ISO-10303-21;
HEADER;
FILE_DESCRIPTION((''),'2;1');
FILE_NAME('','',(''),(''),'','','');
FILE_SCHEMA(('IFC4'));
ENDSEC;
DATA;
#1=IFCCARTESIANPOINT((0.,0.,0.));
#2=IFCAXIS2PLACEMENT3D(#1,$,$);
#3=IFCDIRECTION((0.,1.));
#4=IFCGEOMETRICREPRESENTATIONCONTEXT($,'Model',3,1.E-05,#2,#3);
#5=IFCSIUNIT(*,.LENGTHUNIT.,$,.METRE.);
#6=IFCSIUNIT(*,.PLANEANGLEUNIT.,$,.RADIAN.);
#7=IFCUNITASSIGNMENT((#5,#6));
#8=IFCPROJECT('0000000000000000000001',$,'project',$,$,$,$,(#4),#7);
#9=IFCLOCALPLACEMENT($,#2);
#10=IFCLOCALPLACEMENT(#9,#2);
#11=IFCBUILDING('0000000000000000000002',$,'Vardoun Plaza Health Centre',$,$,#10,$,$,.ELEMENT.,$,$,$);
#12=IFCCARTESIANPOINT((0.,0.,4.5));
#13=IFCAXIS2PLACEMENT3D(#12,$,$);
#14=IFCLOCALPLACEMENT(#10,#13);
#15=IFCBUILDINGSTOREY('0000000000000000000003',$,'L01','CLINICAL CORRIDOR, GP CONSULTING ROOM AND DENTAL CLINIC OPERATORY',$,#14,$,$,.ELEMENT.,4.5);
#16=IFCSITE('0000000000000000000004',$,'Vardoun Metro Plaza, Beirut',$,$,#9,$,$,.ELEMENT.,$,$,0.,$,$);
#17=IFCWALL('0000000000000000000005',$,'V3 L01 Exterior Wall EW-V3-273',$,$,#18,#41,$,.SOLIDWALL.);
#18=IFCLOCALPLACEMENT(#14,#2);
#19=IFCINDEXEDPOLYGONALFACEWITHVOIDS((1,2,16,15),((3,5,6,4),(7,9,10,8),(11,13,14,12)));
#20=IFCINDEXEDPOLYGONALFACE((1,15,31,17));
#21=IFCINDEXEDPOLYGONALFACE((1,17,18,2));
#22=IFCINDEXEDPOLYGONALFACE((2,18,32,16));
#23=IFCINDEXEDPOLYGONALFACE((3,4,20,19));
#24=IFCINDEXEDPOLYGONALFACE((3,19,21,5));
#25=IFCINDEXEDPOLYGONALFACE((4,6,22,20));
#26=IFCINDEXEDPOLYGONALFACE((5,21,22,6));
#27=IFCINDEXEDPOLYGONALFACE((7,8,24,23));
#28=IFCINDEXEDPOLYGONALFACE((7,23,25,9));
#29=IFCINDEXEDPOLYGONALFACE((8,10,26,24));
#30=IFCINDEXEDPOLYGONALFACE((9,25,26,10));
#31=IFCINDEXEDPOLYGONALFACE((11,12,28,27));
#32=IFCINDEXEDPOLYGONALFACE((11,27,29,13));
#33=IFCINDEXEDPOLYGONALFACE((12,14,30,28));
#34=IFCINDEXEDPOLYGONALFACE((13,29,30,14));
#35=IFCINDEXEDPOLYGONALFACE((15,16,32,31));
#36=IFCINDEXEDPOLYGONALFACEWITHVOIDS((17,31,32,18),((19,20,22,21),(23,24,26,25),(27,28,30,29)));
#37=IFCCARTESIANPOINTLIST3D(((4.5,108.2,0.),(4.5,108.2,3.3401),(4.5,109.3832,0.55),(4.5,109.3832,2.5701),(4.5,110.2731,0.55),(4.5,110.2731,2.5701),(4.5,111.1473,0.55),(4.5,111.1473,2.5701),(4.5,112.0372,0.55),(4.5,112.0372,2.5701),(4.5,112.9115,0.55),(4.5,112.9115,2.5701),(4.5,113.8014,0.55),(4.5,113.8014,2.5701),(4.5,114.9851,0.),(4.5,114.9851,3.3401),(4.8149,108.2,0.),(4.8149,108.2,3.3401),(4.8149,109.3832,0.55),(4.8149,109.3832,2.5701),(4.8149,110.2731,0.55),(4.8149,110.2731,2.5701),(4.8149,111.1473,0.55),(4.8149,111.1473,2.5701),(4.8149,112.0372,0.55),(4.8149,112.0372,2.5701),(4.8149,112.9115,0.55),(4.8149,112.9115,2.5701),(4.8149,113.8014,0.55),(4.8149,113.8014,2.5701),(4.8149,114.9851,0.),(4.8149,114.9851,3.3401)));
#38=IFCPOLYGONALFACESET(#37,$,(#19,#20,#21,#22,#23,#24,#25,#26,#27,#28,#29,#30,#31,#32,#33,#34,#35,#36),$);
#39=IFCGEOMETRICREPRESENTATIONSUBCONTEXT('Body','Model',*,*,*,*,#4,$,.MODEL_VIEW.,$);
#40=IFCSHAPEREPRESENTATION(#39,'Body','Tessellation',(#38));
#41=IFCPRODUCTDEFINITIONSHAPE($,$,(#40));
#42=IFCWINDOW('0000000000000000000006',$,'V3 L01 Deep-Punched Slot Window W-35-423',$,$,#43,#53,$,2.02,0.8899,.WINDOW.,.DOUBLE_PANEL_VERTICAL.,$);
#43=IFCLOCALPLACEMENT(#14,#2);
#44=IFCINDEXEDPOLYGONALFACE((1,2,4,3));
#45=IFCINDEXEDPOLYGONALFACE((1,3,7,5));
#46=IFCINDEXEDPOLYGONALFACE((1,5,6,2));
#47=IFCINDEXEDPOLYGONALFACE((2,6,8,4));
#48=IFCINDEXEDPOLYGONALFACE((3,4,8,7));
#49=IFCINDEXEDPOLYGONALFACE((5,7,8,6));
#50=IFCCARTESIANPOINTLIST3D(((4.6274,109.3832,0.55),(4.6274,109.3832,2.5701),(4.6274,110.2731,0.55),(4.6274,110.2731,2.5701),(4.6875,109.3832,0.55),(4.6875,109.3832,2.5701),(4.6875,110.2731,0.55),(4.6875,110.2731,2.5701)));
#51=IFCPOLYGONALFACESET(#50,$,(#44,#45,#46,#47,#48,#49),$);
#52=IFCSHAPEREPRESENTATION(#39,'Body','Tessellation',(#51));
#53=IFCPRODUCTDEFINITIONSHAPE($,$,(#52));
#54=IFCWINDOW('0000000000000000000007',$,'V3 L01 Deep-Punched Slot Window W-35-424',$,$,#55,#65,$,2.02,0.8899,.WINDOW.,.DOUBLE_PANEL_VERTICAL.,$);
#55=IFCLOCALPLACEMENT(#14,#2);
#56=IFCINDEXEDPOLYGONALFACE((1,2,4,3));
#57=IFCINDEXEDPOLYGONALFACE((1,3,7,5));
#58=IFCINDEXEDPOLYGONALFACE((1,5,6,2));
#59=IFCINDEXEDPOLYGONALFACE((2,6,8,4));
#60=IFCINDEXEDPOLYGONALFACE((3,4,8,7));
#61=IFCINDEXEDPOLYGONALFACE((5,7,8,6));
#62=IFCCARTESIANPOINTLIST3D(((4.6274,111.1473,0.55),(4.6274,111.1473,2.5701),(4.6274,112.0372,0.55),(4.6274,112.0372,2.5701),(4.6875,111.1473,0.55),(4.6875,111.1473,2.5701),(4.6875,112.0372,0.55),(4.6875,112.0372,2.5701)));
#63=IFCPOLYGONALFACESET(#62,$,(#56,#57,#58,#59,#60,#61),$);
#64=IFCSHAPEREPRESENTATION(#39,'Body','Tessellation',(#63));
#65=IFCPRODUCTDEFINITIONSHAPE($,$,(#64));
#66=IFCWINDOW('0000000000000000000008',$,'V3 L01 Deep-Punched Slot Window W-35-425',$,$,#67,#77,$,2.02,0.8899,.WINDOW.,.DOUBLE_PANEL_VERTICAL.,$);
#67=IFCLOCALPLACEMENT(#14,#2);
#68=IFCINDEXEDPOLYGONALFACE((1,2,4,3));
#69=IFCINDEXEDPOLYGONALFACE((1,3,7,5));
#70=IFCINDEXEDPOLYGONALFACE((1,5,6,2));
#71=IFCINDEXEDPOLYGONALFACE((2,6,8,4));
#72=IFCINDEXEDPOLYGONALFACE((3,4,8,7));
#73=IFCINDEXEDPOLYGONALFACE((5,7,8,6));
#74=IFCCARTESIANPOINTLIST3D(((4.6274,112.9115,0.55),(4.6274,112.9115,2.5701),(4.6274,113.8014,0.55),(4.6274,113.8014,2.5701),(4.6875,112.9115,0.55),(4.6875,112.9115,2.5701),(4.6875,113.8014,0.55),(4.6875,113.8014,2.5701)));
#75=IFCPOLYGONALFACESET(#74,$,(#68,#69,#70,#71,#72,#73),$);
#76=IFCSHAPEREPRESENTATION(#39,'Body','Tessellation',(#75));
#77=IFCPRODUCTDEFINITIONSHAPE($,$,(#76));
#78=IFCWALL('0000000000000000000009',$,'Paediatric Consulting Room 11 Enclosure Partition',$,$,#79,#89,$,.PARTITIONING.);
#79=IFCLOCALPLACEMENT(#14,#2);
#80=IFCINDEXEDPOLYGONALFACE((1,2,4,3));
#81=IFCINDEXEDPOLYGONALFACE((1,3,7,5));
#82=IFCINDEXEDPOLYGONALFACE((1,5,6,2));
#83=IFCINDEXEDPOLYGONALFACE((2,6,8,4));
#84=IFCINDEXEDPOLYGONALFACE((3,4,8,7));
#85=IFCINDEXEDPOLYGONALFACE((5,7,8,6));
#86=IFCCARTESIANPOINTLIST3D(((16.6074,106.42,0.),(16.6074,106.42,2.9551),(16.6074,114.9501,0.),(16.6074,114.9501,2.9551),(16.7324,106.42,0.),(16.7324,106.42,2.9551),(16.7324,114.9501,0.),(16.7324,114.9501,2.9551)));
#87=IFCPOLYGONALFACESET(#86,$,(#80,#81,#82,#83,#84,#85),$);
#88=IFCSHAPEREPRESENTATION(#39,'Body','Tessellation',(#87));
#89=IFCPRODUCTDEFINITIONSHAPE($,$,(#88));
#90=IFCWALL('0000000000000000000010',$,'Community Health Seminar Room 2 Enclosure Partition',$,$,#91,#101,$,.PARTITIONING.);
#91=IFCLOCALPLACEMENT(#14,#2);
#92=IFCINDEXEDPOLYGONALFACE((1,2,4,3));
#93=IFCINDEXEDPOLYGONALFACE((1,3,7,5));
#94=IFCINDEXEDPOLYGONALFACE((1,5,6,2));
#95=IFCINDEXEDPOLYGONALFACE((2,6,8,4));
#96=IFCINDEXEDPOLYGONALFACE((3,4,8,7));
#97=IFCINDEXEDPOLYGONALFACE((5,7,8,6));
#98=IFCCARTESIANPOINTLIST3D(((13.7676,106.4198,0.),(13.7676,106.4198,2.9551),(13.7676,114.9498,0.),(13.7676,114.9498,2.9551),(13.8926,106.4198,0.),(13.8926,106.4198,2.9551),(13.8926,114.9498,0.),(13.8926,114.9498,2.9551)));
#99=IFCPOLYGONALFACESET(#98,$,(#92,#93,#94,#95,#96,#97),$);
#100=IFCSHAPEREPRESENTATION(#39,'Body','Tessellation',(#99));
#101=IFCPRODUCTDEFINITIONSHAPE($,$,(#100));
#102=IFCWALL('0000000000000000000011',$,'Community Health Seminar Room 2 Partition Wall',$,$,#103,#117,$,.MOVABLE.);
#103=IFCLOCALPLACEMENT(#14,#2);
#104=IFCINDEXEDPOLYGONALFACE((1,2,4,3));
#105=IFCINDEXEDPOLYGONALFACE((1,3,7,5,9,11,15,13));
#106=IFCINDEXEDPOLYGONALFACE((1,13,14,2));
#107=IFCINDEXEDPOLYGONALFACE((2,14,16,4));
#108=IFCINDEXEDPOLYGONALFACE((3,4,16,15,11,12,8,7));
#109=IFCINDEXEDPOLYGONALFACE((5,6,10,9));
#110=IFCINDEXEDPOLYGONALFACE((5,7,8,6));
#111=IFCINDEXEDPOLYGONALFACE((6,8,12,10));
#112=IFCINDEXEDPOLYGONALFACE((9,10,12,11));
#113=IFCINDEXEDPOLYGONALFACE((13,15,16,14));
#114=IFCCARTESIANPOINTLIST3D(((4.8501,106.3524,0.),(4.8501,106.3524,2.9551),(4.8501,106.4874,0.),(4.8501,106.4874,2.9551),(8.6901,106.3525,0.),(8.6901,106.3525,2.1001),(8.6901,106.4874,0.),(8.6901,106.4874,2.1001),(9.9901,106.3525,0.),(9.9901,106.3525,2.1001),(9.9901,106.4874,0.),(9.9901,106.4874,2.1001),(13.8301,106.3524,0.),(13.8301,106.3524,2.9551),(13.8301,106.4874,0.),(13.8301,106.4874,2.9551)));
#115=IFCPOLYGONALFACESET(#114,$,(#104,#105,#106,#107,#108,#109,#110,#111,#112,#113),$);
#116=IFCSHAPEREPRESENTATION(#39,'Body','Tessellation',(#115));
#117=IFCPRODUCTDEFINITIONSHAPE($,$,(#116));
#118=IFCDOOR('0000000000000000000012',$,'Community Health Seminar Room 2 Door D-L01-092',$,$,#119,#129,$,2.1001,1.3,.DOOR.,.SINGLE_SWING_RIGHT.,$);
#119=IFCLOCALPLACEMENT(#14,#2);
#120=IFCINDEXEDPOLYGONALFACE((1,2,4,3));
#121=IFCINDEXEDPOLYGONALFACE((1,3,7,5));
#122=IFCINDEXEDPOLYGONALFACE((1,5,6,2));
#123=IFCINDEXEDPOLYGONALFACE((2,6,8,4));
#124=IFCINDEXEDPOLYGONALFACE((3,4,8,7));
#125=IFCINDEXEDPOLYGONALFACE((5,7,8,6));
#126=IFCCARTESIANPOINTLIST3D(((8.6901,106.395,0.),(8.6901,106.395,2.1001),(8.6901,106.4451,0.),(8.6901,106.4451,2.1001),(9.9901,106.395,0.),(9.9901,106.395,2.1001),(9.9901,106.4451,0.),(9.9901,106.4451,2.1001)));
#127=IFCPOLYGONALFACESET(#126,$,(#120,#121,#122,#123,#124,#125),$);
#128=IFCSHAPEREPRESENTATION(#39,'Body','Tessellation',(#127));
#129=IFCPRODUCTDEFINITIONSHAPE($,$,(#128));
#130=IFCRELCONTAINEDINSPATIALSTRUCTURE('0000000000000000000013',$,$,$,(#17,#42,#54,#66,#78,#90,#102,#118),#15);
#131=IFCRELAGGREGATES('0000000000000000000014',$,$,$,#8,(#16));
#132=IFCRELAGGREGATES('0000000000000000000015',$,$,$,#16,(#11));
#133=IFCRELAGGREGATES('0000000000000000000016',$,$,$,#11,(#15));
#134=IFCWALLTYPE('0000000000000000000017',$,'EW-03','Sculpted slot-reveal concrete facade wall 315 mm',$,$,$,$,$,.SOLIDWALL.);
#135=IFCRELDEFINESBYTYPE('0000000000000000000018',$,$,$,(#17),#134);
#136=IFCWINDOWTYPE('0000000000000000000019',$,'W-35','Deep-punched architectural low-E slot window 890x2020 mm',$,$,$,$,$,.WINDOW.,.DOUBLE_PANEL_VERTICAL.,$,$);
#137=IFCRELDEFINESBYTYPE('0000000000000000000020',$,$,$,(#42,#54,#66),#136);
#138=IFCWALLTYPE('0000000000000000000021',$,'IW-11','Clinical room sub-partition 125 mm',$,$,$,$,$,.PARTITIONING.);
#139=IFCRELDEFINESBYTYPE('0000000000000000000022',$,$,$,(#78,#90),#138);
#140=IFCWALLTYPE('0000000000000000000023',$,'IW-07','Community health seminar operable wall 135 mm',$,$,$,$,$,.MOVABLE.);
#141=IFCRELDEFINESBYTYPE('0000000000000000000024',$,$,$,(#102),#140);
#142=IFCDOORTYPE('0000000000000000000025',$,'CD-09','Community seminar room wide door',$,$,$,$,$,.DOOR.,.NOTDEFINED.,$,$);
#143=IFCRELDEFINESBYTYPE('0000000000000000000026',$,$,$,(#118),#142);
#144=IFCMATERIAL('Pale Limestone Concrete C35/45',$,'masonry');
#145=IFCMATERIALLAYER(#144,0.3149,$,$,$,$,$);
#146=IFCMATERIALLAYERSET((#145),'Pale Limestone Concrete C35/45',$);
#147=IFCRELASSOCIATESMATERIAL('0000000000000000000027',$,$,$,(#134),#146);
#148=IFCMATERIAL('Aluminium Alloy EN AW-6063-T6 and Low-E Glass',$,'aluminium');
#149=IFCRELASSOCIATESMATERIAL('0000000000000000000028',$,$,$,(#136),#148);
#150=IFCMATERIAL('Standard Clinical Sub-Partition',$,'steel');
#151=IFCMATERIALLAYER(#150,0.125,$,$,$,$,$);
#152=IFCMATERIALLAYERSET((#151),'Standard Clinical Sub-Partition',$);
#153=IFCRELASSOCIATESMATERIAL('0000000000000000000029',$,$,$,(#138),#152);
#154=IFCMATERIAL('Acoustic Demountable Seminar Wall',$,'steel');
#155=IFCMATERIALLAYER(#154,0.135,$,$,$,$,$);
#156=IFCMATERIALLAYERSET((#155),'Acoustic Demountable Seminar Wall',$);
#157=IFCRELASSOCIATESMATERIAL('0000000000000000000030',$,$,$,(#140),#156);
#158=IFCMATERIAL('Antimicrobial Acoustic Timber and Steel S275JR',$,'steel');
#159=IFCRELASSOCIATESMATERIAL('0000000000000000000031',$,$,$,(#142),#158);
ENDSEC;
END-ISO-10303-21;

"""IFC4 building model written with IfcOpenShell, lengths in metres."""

from ifc_helpers import new_model, si_unit, direction, frame, frame_2d, origin, place, context, subcontext, project, spatial, rectangle, extrude, material, layer, layer_set, type_object, element, fill, save


model = new_model("IFC4")

# Units and contexts
model_context = context("Model", 3, precision=1e-05, world=origin(), true_north=direction((0.0, 1.0)))
body_context = subcontext(model_context, "Body", "Model", "MODEL_VIEW")
ifc_project = project(units=[si_unit("LENGTHUNIT", "METRE"), si_unit("PLANEANGLEUNIT", "RADIAN")], contexts=[model_context])

# Site, building, storey
site_placement = place(None, origin())
site = spatial("IfcSite", under=ifc_project, at=site_placement, Name="Vardoun Metro Plaza, Beirut", CompositionType="ELEMENT", RefElevation=0.0)
building_placement = place(site_placement, origin())
building = spatial("IfcBuilding", under=site, at=building_placement, Name="Vardoun Plaza Health Centre", CompositionType="ELEMENT")
storey_placement = place(building_placement, frame((0.0, 0.0, 4.5)))
storey = spatial("IfcBuildingStorey", under=building, at=storey_placement, Name="L01", Description="CLINICAL CORRIDOR, GP CONSULTING ROOM AND DENTAL CLINIC OPERATORY", CompositionType="ELEMENT", Elevation=4.5)

# Wall, openings, windows
ifc_material_1 = material(Name="Pale Limestone Concrete C35/45", Category="masonry")
ifc_layer_1 = layer(ifc_material_1, 0.3149)
ifc_layer_set_1 = layer_set([ifc_layer_1], Name="Pale Limestone Concrete C35/45")
wall_type_1 = type_object("IfcWallType", Name="EW-03", Description="Sculpted slot-reveal concrete facade wall 315 mm", PredefinedType="SOLIDWALL", material=ifc_layer_set_1)
wall_1_placement = place(storey_placement, frame((4.6575, 108.2, 0.0), z_axis=(0.0, 0.0, 1.0), x_axis=(0.0, 1.0, 0.0)))
wall_1 = element("IfcWall", 1, at=wall_1_placement, inside=storey, type_object=wall_type_1, Name="V3 L01 Exterior Wall EW-V3-273", PredefinedType="SOLIDWALL", context=body_context, shape_type="SweptSolid", body=[
    extrude(rectangle(XDim=6.7852, YDim=0.3149, at=frame_2d((3.3926, 0.0))), origin(), (0.0, 0.0, 1.0), 3.3401),
])
opening_1_placement = place(wall_1_placement, frame((1.1833, 0.0, 0.55)))
opening_1 = element("IfcOpeningElement", 2, at=opening_1_placement, cuts=wall_1, PredefinedType="OPENING", context=body_context, shape_type="SweptSolid", body=[
    extrude(rectangle(XDim=0.8899, YDim=2.02, at=frame_2d((0.4448, 1.01))), frame((0.0, 0.1575, 0.0), z_axis=(0.0, -1.0, 0.0), x_axis=(1.0, 0.0, 0.0)), (0.0, 0.0, 1.0), 0.3149),
])
opening_2_placement = place(wall_1_placement, frame((2.9475, 0.0, 0.55)))
opening_2 = element("IfcOpeningElement", 3, at=opening_2_placement, cuts=wall_1, PredefinedType="OPENING", context=body_context, shape_type="SweptSolid", body=[
    extrude(rectangle(XDim=0.8899, YDim=2.02, at=frame_2d((0.4448, 1.01))), frame((0.0, 0.1575, 0.0), z_axis=(0.0, -1.0, 0.0), x_axis=(1.0, 0.0, 0.0)), (0.0, 0.0, 1.0), 0.3149),
])
opening_3_placement = place(wall_1_placement, frame((4.7117, 0.0, 0.55)))
opening_3 = element("IfcOpeningElement", 4, at=opening_3_placement, cuts=wall_1, PredefinedType="OPENING", context=body_context, shape_type="SweptSolid", body=[
    extrude(rectangle(XDim=0.8899, YDim=2.02, at=frame_2d((0.4448, 1.01))), frame((0.0, 0.1575, 0.0), z_axis=(0.0, -1.0, 0.0), x_axis=(1.0, 0.0, 0.0)), (0.0, 0.0, 1.0), 0.3149),
])
ifc_material_2 = material(Name="Aluminium Alloy EN AW-6063-T6 and Low-E Glass", Category="aluminium")
window_type_1 = type_object("IfcWindowType", Name="W-35", Description="Deep-punched architectural low-E slot window 890x2020 mm", PartitioningType="DOUBLE_PANEL_VERTICAL", PredefinedType="WINDOW", material=ifc_material_2)
window_1_placement = place(opening_1_placement, origin())
window_1 = element("IfcWindow", 5, at=window_1_placement, inside=storey, type_object=window_type_1, Name="V3 L01 Deep-Punched Slot Window W-35-423", OverallHeight=2.02, OverallWidth=0.8899, PartitioningType="DOUBLE_PANEL_VERTICAL", PredefinedType="WINDOW", context=body_context, shape_type="SweptSolid", body=[
    extrude(rectangle(XDim=0.8899, YDim=2.02, at=frame_2d((0.4448, 1.01))), frame((0.0, 0.03, 0.0), z_axis=(0.0, -1.0, 0.0), x_axis=(1.0, 0.0, 0.0)), (0.0, 0.0, 1.0), 0.0601),
])
fill(opening_1, window_1)
window_2_placement = place(opening_2_placement, origin())
window_2 = element("IfcWindow", 6, at=window_2_placement, inside=storey, type_object=window_type_1, Name="V3 L01 Deep-Punched Slot Window W-35-424", OverallHeight=2.02, OverallWidth=0.8899, PartitioningType="DOUBLE_PANEL_VERTICAL", PredefinedType="WINDOW", context=body_context, shape_type="SweptSolid", body=[
    extrude(rectangle(XDim=0.8899, YDim=2.02, at=frame_2d((0.4448, 1.01))), frame((0.0, 0.03, 0.0), z_axis=(0.0, -1.0, 0.0), x_axis=(1.0, 0.0, 0.0)), (0.0, 0.0, 1.0), 0.0601),
])
fill(opening_2, window_2)
window_3_placement = place(opening_3_placement, origin())
window_3 = element("IfcWindow", 7, at=window_3_placement, inside=storey, type_object=window_type_1, Name="V3 L01 Deep-Punched Slot Window W-35-425", OverallHeight=2.02, OverallWidth=0.8899, PartitioningType="DOUBLE_PANEL_VERTICAL", PredefinedType="WINDOW", context=body_context, shape_type="SweptSolid", body=[
    extrude(rectangle(XDim=0.8899, YDim=2.02, at=frame_2d((0.4448, 1.01))), frame((0.0, 0.03, 0.0), z_axis=(0.0, -1.0, 0.0), x_axis=(1.0, 0.0, 0.0)), (0.0, 0.0, 1.0), 0.0601),
])
fill(opening_3, window_3)

# Walls
ifc_material_3 = material(Name="Standard Clinical Sub-Partition", Category="steel")
ifc_layer_2 = layer(ifc_material_3, 0.125)
ifc_layer_set_2 = layer_set([ifc_layer_2], Name="Standard Clinical Sub-Partition")
wall_type_2 = type_object("IfcWallType", Name="IW-11", Description="Clinical room sub-partition 125 mm", PredefinedType="PARTITIONING", material=ifc_layer_set_2)
for number, where, z_axis, x_axis, name in (
    (8, (16.6699, 106.4199, 0.0), (0.0, 0.0, 1.0), (0.0, 1.0, 0.0), "Paediatric Consulting Room 11 Enclosure Partition"),
    (9, (13.8301, 114.95, 0.0), (0.0, 0.0, 1.0), (0.0, -1.0, 0.0), "Community Health Seminar Room 2 Enclosure Partition"),
):
    element("IfcWall", number, at=place(storey_placement, frame(where, z_axis=z_axis, x_axis=x_axis)), inside=storey, type_object=wall_type_2, Name=name, PredefinedType="PARTITIONING", context=body_context, shape_type="SweptSolid", body=[
        extrude(rectangle(XDim=8.53, YDim=0.125, at=frame_2d((4.2651, 0.0))), origin(), (0.0, 0.0, 1.0), 2.9551),
    ])

# Wall, opening, door
ifc_material_4 = material(Name="Acoustic Demountable Seminar Wall", Category="steel")
ifc_layer_3 = layer(ifc_material_4, 0.135)
ifc_layer_set_3 = layer_set([ifc_layer_3], Name="Acoustic Demountable Seminar Wall")
wall_type_3 = type_object("IfcWallType", Name="IW-07", Description="Community health seminar operable wall 135 mm", PredefinedType="MOVABLE", material=ifc_layer_set_3)
wall_2_placement = place(storey_placement, frame((13.8301, 106.4199, 0.0), z_axis=(0.0, 0.0, 1.0), x_axis=(-1.0, 0.0, 0.0)))
wall_2 = element("IfcWall", 10, at=wall_2_placement, inside=storey, type_object=wall_type_3, Name="Community Health Seminar Room 2 Partition Wall", PredefinedType="MOVABLE", context=body_context, shape_type="SweptSolid", body=[
    extrude(rectangle(XDim=8.98, YDim=0.135, at=frame_2d((4.49, 0.0))), origin(), (0.0, 0.0, 1.0), 2.9551),
])
opening_4_placement = place(wall_2_placement, frame((3.8401, 0.0, 0.0)))
opening_4 = element("IfcOpeningElement", 11, at=opening_4_placement, cuts=wall_2, PredefinedType="OPENING", context=body_context, shape_type="SweptSolid", body=[
    extrude(rectangle(XDim=1.3, YDim=2.1001, at=frame_2d((0.6499, 1.05))), frame((0.0, 0.0674, 0.0), z_axis=(0.0, -1.0, 0.0), x_axis=(1.0, 0.0, 0.0)), (0.0, 0.0, 1.0), 0.135),
])
ifc_material_5 = material(Name="Antimicrobial Acoustic Timber and Steel S275JR", Category="steel")
door_type = type_object("IfcDoorType", Name="CD-09", Description="Community seminar room wide door", OperationType="NOTDEFINED", PredefinedType="DOOR", material=ifc_material_5)
door_placement = place(opening_4_placement, origin())
door = element("IfcDoor", 12, at=door_placement, inside=storey, type_object=door_type, Name="Community Health Seminar Room 2 Door D-L01-092", OperationType="SINGLE_SWING_RIGHT", OverallHeight=2.1001, OverallWidth=1.3, PredefinedType="DOOR", context=body_context, shape_type="SweptSolid", body=[
    extrude(rectangle(XDim=1.3, YDim=2.1001, at=frame_2d((0.6499, 1.05))), frame((0.0, 0.0249, 0.0), z_axis=(0.0, -1.0, 0.0), x_axis=(1.0, 0.0, 0.0)), (0.0, 0.0, 1.0), 0.05),
])
fill(opening_4, door)

save(model, "model.ifc")
